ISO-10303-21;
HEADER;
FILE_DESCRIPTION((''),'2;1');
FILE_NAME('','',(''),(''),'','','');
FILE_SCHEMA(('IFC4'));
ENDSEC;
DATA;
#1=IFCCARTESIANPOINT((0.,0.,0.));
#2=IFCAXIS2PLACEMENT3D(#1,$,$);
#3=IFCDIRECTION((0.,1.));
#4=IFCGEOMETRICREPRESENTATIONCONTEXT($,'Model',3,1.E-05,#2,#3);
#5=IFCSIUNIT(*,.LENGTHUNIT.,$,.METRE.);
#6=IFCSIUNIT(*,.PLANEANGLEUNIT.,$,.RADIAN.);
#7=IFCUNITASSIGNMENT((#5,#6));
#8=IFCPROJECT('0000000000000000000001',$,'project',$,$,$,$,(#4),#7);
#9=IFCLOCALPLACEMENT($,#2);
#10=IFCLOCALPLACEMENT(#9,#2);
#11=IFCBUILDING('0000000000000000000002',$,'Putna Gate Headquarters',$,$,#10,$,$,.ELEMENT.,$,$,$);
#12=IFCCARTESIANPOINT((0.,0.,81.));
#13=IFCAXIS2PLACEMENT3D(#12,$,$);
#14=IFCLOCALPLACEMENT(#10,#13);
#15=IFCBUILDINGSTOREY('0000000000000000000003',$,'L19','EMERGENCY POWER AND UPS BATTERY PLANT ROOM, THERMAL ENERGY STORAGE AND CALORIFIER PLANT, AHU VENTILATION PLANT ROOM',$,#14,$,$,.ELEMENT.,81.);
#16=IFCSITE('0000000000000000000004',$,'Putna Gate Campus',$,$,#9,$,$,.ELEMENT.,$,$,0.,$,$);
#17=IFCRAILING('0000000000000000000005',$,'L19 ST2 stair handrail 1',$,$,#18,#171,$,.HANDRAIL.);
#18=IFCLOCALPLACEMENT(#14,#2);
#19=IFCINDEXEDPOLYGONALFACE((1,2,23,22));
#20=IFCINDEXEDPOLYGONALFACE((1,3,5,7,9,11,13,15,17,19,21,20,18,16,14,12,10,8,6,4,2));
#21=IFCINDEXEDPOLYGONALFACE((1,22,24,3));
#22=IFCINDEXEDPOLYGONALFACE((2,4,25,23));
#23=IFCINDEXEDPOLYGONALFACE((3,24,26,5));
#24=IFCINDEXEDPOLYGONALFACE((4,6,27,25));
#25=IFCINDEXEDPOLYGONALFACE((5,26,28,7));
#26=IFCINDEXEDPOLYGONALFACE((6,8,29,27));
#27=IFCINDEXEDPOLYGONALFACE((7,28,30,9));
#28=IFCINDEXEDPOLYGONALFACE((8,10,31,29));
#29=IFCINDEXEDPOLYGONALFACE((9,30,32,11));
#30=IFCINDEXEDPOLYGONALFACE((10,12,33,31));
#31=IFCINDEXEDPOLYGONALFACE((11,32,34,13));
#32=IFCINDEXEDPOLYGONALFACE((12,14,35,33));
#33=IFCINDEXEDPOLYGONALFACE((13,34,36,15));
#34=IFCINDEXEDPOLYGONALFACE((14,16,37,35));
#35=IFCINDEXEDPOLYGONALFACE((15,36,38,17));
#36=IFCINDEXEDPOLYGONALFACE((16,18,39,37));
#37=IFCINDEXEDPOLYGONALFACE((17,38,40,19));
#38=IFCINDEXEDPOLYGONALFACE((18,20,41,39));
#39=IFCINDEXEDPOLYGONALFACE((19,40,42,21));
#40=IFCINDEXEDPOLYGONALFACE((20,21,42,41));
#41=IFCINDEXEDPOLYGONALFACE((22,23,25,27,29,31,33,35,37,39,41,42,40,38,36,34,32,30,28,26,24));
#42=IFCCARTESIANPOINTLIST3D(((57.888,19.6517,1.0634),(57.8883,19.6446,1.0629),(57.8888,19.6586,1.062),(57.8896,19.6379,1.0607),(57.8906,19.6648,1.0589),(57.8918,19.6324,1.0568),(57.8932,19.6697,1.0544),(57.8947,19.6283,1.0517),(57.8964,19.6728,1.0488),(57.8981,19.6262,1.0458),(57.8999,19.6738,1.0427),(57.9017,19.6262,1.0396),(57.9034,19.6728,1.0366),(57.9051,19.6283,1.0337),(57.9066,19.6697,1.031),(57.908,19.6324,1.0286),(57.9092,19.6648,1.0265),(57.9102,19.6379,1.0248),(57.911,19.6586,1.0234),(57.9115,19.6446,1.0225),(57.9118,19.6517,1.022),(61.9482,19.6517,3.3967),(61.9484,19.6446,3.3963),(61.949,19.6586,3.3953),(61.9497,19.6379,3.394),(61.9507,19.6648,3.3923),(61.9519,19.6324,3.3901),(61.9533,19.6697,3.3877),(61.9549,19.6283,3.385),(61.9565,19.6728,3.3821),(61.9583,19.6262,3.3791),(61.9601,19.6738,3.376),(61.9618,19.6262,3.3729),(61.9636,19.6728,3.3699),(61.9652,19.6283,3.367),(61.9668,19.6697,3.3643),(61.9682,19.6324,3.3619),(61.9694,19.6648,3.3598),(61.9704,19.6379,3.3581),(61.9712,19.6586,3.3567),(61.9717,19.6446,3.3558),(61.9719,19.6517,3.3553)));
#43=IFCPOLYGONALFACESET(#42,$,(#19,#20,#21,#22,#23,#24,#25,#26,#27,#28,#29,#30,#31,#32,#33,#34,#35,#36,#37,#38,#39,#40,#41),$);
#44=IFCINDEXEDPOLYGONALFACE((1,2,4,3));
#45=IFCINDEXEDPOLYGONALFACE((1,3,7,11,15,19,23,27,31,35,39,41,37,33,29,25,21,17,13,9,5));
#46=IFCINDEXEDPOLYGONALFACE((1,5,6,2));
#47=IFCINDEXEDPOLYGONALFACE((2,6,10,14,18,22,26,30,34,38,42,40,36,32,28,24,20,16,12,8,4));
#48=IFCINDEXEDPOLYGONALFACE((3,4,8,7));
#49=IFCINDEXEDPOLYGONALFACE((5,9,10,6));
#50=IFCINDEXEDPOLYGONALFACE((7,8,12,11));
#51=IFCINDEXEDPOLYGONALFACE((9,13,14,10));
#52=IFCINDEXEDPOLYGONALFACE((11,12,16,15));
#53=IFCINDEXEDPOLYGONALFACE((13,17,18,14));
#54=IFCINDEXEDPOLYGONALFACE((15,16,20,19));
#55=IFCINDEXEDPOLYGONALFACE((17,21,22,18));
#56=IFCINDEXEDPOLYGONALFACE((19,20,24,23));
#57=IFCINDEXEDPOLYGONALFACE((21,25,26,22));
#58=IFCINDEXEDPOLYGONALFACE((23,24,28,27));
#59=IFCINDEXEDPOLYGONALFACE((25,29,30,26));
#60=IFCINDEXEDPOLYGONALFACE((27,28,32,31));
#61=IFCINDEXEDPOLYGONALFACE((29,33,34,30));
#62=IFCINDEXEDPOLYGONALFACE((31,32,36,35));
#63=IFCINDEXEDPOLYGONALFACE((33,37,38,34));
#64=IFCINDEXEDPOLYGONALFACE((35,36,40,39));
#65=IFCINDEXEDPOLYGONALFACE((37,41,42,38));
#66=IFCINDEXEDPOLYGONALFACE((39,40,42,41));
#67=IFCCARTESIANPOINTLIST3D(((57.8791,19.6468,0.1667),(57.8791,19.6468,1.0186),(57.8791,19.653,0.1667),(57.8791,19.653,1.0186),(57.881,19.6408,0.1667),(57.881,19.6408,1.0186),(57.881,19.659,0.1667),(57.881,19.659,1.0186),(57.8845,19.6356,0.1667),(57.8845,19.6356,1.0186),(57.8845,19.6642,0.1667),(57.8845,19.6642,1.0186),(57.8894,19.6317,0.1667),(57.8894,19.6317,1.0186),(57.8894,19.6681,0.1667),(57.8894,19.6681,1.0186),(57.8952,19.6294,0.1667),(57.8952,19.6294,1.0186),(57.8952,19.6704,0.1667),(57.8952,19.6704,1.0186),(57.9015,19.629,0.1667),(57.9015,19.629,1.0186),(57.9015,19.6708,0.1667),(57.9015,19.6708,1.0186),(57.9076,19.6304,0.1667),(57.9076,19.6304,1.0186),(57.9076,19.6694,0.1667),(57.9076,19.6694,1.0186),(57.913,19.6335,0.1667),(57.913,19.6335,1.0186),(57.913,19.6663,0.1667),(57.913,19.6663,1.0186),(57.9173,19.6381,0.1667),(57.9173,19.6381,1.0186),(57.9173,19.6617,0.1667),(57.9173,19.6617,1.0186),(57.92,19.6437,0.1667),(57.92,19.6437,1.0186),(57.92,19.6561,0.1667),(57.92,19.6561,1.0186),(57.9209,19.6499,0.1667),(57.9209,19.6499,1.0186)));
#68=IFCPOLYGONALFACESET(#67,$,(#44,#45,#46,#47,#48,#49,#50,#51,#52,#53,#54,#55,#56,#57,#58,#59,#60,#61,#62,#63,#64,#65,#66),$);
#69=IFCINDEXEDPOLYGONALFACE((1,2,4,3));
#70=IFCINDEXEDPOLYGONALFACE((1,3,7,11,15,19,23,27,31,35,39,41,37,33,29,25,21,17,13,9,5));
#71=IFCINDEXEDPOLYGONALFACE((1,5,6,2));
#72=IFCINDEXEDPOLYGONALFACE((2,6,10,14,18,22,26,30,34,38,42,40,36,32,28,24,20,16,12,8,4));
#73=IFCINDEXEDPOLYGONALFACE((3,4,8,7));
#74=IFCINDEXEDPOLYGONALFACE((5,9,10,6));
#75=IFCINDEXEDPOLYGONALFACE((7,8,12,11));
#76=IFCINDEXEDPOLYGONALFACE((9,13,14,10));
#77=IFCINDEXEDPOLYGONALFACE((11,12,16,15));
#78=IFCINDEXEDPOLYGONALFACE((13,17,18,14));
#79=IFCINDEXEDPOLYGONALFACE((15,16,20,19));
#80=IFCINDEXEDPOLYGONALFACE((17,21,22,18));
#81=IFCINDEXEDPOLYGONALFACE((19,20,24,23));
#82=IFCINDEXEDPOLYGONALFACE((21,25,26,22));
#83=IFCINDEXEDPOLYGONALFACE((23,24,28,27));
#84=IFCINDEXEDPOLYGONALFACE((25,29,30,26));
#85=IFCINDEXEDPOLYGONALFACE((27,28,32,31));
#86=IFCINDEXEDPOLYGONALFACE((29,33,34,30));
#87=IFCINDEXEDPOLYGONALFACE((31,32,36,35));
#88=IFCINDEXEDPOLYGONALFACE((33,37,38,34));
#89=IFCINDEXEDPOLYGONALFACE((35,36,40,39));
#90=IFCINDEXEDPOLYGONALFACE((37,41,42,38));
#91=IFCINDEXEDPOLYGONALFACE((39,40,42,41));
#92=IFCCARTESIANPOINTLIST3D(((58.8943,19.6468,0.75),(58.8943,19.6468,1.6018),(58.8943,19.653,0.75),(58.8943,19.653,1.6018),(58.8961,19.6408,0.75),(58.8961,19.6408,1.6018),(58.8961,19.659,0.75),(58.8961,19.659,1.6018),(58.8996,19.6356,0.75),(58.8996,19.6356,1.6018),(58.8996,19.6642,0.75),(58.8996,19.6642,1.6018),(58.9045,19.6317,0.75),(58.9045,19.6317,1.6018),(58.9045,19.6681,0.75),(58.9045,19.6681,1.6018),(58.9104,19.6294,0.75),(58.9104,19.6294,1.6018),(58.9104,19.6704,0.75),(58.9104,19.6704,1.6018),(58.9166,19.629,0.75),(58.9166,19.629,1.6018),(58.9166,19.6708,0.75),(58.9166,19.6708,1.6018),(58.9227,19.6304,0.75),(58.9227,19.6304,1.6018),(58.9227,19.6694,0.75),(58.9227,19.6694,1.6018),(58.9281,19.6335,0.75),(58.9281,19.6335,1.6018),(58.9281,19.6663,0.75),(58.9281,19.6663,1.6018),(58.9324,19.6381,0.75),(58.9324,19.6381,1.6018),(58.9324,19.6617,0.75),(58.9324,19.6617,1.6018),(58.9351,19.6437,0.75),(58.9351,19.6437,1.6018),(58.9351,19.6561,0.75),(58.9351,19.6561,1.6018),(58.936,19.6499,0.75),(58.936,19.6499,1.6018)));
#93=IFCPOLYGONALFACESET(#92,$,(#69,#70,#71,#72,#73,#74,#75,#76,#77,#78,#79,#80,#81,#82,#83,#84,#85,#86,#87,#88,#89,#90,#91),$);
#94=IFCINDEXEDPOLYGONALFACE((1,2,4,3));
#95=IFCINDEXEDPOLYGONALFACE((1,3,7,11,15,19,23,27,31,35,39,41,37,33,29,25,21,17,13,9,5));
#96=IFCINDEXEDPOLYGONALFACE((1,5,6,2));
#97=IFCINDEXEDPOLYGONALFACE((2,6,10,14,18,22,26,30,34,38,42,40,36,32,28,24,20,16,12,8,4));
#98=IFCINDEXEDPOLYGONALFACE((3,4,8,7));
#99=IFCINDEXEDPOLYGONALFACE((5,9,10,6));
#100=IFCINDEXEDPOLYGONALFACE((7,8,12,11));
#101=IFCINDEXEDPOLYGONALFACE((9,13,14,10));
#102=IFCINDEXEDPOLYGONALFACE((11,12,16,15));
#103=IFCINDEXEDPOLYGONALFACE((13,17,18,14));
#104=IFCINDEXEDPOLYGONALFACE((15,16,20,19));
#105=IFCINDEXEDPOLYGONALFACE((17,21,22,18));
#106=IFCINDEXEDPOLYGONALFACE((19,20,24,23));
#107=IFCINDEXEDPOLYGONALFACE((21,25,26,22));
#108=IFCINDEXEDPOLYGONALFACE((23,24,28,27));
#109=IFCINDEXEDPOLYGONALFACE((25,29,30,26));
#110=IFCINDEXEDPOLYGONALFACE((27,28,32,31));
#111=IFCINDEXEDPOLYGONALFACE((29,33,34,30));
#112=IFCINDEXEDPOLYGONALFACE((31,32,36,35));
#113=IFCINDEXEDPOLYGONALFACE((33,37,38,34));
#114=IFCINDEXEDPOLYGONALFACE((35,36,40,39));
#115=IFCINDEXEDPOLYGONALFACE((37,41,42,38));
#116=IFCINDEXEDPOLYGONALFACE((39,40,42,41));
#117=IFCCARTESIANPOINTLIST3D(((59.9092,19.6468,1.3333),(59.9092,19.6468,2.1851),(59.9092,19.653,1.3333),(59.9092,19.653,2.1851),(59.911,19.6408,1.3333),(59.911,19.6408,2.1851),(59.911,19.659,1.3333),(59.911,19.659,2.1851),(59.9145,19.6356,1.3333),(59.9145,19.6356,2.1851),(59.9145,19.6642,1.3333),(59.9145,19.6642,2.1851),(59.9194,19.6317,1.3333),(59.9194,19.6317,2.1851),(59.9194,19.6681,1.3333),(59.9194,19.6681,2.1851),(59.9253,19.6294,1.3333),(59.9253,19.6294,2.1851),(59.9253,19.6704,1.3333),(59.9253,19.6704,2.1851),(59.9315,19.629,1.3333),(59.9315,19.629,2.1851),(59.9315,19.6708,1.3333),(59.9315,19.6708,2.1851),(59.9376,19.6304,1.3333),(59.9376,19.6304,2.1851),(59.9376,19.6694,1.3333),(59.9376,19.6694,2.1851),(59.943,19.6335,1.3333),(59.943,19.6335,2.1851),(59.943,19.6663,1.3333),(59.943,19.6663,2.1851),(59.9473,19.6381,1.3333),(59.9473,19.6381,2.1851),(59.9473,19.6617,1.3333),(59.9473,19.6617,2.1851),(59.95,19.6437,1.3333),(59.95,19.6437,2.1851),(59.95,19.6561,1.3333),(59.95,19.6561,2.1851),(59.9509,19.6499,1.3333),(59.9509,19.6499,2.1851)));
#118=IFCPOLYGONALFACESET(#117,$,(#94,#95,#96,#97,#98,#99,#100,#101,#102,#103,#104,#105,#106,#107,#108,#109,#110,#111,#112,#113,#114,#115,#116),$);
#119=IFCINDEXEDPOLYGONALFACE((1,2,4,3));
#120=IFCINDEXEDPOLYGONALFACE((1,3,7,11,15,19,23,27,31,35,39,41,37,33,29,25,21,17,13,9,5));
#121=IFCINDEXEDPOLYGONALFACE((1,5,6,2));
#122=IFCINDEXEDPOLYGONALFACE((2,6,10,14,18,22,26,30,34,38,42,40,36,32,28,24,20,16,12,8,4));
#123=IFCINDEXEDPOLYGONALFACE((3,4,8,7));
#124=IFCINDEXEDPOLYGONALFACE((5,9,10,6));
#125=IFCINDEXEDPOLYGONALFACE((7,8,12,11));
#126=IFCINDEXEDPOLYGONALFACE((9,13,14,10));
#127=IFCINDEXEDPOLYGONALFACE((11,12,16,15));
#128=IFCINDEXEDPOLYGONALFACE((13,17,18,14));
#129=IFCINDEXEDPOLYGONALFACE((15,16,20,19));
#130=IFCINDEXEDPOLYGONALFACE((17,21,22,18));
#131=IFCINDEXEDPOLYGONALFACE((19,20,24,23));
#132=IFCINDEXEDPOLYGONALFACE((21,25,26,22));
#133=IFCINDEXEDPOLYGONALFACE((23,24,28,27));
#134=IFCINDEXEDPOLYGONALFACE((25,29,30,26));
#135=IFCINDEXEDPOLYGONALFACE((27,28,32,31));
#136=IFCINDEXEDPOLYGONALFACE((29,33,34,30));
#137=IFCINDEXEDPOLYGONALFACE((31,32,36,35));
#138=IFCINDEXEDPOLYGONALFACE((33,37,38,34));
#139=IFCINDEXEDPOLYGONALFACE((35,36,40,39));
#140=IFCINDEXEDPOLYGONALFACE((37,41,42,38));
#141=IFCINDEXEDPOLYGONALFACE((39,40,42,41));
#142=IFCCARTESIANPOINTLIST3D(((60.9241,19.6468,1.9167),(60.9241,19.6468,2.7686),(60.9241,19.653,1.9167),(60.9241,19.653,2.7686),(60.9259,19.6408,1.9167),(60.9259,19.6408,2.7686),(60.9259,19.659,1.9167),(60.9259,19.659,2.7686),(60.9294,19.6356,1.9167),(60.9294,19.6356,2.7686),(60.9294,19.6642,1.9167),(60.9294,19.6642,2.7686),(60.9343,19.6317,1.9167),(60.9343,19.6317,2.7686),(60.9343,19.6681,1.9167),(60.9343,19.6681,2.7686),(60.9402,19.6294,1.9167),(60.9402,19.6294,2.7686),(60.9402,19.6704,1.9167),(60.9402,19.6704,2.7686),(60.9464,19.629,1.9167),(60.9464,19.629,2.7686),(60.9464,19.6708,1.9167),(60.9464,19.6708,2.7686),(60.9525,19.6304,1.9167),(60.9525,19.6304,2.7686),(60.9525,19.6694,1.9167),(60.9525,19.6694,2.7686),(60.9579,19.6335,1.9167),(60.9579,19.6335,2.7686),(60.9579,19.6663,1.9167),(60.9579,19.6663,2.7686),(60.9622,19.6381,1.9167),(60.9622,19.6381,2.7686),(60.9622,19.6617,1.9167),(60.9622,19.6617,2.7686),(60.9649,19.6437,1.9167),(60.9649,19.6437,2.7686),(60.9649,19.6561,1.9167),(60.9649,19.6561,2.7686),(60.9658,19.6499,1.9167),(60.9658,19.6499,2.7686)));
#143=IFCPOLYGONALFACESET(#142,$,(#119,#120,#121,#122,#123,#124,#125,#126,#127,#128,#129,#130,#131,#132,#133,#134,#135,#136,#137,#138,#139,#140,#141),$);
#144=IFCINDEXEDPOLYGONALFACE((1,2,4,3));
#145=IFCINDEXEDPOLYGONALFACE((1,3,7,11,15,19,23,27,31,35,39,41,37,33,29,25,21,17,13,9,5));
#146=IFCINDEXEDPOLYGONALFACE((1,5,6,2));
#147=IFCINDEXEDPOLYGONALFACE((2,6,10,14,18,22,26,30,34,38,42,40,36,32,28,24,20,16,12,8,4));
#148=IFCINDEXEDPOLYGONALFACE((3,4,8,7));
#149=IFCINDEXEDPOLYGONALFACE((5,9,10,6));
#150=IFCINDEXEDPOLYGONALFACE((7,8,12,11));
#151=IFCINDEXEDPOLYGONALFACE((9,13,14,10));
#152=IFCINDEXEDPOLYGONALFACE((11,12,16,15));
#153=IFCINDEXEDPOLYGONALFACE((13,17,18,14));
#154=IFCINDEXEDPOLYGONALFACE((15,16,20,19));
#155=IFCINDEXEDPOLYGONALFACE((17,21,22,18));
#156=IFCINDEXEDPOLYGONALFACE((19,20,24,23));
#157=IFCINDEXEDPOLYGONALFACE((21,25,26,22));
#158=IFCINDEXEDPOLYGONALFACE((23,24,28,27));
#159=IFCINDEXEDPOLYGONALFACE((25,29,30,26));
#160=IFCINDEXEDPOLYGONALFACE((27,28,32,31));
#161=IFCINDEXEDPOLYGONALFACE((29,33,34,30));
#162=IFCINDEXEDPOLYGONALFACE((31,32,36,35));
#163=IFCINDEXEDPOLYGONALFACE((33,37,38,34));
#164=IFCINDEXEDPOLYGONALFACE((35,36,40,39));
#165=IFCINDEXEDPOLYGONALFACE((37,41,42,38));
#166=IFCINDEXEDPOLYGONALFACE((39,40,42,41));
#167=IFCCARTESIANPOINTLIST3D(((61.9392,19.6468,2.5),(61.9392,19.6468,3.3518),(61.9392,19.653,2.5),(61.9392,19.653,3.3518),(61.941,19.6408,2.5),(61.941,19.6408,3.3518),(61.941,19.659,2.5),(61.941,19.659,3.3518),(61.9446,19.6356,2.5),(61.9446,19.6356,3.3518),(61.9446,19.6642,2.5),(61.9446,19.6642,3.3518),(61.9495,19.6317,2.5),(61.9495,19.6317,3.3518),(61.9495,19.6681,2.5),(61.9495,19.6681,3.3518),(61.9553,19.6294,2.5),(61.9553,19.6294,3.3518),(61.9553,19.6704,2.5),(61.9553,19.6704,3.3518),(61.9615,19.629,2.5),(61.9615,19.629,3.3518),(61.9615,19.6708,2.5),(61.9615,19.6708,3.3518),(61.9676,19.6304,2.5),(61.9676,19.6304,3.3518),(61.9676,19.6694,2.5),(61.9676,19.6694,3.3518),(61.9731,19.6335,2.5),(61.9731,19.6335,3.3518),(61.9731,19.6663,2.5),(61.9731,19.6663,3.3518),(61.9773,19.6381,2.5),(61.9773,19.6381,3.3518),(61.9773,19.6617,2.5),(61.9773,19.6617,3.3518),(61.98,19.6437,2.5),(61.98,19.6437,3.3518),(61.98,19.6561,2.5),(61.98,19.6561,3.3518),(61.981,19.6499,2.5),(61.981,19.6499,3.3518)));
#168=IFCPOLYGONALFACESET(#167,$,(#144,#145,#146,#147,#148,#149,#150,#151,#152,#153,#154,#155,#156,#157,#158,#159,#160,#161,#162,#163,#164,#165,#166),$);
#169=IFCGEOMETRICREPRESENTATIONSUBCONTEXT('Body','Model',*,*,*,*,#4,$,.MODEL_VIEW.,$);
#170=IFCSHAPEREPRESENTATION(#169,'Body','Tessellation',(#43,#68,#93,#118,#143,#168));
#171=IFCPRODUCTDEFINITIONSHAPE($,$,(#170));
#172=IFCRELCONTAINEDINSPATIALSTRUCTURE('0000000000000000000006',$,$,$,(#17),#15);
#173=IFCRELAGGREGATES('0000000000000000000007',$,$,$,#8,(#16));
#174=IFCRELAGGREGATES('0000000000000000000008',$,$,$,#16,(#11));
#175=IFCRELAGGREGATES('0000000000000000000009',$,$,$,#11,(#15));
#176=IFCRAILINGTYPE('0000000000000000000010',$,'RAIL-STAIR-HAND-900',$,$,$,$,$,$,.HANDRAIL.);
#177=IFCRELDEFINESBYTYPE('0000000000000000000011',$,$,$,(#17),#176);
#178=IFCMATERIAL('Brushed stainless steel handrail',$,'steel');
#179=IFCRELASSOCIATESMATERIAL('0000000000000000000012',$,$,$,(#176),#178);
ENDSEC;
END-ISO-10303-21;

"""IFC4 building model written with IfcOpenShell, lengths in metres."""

from ifc_helpers import new_model, si_unit, direction, frame, origin, origin_2d, place, context, subcontext, project, spatial, circle, extrude, material, type_object, element, save


model = new_model("IFC4")

# Units and contexts
model_context = context("Model", 3, precision=1e-05, world=origin(), true_north=direction((0.0, 1.0)))
body_context = subcontext(model_context, "Body", "Model", "MODEL_VIEW")
ifc_project = project(units=[si_unit("LENGTHUNIT", "METRE"), si_unit("PLANEANGLEUNIT", "RADIAN")], contexts=[model_context])

# Site, building, storey
site_placement = place(None, origin())
site = spatial("IfcSite", under=ifc_project, at=site_placement, Name="Putna Gate Campus", CompositionType="ELEMENT", RefElevation=0.0)
building_placement = place(site_placement, origin())
building = spatial("IfcBuilding", under=site, at=building_placement, Name="Putna Gate Headquarters", CompositionType="ELEMENT")
storey_placement = place(building_placement, frame((0.0, 0.0, 81.0)))
storey = spatial("IfcBuildingStorey", under=building, at=storey_placement, Name="L19", Description="EMERGENCY POWER AND UPS BATTERY PLANT ROOM, THERMAL ENERGY STORAGE AND CALORIFIER PLANT, AHU VENTILATION PLANT ROOM", CompositionType="ELEMENT", Elevation=81.0)

# Railing
ifc_material_1 = material(Name="Brushed stainless steel handrail", Category="steel")
railing_type_1 = type_object("IfcRailingType", Name="RAIL-STAIR-HAND-900", PredefinedType="HANDRAIL", material=ifc_material_1)
railing_1_placement = place(storey_placement, frame((57.8999, 19.6499, 0.1667)))
element("IfcRailing", 1, at=railing_1_placement, inside=storey, type_object=railing_type_1, Name="L19 ST2 stair handrail 1", PredefinedType="HANDRAIL", context=body_context, shape_type="SweptSolid", body=[
    extrude(circle(Radius=0.0239, at=origin_2d()), frame((0.0, 0.0, 0.876), z_axis=(0.867025, 0.0, 0.498265), x_axis=(0.0, 1.0, 0.0)), (0.0, 0.0, 1.0), 4.6829),
    extrude(circle(Radius=0.021, at=origin_2d()), origin(), (0.0, 0.0, 1.0), 0.8518),
    extrude(circle(Radius=0.021, at=origin_2d()), frame((1.0151, 0.0, 0.5833)), (0.0, 0.0, 1.0), 0.8518),
    extrude(circle(Radius=0.021, at=origin_2d()), frame((2.03, 0.0, 1.1665)), (0.0, 0.0, 1.0), 0.8518),
    extrude(circle(Radius=0.021, at=origin_2d()), frame((3.0449, 0.0, 1.75)), (0.0, 0.0, 1.0), 0.8518),
    extrude(circle(Radius=0.021, at=origin_2d()), frame((4.0601, 0.0, 2.3333)), (0.0, 0.0, 1.0), 0.8518),
])

save(model, "model.ifc")
